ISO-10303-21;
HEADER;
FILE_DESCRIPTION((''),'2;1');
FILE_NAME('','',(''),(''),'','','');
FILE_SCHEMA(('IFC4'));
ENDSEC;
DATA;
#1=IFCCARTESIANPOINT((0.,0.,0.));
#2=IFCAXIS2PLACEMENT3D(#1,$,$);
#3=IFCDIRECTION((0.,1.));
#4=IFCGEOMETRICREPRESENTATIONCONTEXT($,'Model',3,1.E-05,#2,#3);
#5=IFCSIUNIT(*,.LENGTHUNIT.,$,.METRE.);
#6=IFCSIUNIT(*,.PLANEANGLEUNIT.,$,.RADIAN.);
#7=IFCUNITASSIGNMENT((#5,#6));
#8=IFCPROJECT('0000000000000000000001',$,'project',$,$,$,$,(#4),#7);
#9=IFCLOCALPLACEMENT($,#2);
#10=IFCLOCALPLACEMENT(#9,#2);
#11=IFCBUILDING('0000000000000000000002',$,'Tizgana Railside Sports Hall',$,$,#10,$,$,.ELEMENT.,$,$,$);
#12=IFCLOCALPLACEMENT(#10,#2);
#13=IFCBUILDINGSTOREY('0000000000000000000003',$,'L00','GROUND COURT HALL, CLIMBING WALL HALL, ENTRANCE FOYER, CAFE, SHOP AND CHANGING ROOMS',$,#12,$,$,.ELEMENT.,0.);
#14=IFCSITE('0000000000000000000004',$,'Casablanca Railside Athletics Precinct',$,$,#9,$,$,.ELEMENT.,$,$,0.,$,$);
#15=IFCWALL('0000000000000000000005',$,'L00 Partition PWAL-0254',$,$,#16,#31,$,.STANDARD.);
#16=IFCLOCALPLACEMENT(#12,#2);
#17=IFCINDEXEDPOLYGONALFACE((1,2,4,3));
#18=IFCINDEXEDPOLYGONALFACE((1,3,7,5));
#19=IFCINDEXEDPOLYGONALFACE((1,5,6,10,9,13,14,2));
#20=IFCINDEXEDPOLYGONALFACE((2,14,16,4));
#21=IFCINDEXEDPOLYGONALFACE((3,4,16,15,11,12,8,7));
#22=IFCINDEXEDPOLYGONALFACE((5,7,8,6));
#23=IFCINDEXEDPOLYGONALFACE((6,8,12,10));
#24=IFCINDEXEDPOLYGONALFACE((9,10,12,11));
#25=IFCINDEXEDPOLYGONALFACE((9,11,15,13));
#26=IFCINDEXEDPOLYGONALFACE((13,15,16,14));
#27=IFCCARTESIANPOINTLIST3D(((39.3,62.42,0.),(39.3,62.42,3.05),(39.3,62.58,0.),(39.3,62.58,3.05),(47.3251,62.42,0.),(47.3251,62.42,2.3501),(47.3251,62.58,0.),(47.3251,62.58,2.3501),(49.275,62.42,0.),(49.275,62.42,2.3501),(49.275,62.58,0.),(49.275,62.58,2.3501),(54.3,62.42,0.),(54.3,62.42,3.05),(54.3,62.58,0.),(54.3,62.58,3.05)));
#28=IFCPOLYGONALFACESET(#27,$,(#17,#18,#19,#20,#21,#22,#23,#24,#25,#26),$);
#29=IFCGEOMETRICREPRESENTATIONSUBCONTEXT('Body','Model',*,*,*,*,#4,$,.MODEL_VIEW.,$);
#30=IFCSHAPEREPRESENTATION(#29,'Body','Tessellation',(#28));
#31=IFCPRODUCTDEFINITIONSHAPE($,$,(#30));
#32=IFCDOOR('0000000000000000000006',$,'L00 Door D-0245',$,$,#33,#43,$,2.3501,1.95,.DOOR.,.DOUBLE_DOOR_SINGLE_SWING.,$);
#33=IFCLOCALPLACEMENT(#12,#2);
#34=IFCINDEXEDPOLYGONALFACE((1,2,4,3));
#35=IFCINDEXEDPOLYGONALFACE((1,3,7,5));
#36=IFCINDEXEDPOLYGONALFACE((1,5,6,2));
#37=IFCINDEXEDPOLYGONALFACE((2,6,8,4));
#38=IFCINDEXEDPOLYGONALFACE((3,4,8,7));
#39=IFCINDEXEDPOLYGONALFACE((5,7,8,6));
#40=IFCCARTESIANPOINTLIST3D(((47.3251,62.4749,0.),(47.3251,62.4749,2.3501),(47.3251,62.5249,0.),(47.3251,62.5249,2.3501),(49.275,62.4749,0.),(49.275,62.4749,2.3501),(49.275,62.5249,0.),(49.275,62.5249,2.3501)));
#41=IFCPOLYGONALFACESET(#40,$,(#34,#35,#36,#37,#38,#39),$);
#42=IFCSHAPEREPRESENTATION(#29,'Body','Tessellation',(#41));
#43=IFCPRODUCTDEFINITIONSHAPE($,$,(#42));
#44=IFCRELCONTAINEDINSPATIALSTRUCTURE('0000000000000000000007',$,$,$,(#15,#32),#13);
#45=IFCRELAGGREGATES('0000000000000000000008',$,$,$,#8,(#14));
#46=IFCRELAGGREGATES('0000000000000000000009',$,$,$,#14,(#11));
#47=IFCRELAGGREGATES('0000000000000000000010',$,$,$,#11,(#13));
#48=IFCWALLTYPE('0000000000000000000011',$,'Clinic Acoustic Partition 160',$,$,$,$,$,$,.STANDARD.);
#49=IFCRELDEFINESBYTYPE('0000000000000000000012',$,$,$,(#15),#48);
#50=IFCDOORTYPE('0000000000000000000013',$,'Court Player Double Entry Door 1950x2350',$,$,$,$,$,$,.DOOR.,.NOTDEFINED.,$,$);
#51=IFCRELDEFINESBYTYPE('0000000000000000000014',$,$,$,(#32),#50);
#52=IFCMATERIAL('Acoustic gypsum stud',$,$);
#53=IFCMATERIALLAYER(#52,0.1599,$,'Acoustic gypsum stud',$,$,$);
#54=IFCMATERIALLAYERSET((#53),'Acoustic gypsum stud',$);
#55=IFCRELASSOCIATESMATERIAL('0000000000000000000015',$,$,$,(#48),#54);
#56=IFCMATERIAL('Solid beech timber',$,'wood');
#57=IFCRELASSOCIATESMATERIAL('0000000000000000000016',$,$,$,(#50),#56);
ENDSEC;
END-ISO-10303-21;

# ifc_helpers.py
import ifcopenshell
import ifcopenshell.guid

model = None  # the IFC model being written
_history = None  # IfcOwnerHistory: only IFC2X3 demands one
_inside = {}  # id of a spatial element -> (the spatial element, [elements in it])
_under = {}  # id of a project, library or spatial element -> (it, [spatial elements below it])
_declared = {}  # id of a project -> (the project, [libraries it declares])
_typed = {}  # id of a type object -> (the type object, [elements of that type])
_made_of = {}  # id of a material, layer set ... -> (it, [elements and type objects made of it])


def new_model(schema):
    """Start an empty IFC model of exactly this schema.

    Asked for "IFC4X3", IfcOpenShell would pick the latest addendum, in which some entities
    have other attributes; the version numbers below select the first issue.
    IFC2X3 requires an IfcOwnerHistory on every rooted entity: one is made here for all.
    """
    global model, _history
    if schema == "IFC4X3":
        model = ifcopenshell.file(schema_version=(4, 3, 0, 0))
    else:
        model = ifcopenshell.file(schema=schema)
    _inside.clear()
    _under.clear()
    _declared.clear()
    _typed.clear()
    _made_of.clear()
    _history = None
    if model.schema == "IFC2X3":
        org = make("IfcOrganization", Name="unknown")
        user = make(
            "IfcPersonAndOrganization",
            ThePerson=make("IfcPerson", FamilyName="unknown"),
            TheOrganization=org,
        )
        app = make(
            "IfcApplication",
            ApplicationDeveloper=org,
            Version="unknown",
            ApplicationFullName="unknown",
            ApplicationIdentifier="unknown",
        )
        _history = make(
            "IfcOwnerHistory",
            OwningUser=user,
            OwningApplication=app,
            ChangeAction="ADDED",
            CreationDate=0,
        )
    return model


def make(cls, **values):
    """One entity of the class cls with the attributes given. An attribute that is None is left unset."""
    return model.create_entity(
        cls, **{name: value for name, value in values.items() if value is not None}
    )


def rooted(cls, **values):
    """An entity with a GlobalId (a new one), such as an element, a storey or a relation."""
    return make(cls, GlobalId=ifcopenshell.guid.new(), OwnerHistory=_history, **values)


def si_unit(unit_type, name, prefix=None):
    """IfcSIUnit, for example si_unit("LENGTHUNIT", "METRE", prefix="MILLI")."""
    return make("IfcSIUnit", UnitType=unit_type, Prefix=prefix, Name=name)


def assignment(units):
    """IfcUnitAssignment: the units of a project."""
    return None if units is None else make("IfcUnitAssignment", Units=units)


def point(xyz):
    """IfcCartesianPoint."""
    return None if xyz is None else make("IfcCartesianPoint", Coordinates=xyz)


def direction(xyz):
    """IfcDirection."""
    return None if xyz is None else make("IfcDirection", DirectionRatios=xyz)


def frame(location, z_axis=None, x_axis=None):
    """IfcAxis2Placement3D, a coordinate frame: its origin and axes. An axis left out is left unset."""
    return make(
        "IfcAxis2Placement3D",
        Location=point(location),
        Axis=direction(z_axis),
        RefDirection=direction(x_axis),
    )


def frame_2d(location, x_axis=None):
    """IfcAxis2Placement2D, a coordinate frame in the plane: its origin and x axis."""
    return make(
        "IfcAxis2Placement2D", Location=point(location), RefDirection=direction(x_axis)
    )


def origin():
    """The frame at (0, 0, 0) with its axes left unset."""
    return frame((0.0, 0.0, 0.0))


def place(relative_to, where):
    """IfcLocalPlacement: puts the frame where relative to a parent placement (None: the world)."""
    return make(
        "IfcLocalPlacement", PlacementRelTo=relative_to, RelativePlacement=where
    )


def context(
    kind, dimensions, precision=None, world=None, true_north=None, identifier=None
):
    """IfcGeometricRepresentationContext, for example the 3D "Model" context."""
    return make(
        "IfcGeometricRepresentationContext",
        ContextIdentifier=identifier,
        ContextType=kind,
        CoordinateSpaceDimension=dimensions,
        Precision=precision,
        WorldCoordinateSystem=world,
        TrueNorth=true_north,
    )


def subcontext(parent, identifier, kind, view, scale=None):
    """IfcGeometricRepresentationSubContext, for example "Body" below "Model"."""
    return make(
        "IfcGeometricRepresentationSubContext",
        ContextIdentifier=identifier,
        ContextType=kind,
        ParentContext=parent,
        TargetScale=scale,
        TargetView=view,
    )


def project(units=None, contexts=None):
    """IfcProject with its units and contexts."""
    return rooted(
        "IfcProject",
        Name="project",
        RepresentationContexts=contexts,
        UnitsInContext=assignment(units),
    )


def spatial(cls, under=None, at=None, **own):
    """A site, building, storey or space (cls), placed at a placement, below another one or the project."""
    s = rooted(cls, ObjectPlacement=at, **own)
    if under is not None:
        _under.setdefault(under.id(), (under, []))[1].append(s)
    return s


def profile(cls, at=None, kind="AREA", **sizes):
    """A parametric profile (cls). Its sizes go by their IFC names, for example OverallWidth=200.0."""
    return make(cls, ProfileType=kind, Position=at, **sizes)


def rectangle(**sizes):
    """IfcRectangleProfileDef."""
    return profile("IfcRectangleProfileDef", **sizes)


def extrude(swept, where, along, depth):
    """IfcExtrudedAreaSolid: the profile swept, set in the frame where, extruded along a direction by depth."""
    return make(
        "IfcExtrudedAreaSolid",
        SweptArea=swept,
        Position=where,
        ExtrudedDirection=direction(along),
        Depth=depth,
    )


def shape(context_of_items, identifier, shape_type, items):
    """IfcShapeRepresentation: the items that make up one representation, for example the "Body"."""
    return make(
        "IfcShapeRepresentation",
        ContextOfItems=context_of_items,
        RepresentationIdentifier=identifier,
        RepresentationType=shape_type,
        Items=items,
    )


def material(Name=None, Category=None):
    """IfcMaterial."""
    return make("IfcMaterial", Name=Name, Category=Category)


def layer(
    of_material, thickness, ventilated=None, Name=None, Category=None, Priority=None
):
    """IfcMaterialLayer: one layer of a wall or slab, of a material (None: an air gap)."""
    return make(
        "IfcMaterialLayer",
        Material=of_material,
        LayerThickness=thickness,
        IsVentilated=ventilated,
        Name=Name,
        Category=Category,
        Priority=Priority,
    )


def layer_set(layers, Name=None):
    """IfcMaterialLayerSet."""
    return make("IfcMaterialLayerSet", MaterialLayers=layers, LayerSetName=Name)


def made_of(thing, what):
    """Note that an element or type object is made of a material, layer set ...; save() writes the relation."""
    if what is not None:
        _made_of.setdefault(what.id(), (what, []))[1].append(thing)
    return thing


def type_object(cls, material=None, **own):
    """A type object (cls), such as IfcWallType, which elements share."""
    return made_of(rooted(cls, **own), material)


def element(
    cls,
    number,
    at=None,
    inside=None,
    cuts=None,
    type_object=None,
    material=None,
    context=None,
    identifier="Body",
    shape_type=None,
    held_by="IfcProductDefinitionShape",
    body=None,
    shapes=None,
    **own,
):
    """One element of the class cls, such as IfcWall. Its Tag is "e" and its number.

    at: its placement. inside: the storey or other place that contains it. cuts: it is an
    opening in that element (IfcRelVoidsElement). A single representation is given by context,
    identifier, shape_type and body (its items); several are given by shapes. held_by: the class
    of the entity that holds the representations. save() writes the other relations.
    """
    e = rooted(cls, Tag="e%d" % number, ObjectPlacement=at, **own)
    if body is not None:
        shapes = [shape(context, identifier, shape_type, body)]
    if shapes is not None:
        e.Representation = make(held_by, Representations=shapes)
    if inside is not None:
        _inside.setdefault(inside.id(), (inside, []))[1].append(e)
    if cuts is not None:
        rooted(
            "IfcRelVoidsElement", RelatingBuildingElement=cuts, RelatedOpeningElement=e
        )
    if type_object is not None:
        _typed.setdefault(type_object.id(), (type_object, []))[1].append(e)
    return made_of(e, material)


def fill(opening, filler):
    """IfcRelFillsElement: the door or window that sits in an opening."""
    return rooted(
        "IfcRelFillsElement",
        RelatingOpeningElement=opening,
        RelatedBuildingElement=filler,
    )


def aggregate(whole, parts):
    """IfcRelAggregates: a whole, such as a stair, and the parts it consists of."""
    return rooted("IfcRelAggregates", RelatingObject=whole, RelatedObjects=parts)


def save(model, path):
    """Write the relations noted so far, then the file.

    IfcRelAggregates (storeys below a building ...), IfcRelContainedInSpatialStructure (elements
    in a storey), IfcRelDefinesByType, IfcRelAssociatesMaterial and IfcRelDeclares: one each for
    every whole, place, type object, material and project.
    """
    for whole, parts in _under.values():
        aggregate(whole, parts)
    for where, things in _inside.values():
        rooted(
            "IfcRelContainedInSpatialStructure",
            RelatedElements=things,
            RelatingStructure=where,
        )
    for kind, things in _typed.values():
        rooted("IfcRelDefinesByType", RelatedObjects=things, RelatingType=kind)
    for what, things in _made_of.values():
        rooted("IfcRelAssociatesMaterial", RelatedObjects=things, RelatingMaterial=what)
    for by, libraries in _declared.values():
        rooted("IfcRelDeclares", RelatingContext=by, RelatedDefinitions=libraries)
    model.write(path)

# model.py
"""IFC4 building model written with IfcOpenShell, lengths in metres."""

from ifc_helpers import new_model, si_unit, direction, frame, frame_2d, origin, place, context, subcontext, project, spatial, rectangle, extrude, material, layer, layer_set, type_object, element, fill, save


model = new_model("IFC4")

# Units and contexts
model_context = context("Model", 3, precision=1e-05, world=origin(), true_north=direction((0.0, 1.0)))
body_context = subcontext(model_context, "Body", "Model", "MODEL_VIEW")
ifc_project = project(units=[si_unit("LENGTHUNIT", "METRE"), si_unit("PLANEANGLEUNIT", "RADIAN")], contexts=[model_context])

# Site, building, storey
site_placement = place(None, origin())
site = spatial("IfcSite", under=ifc_project, at=site_placement, Name="Casablanca Railside Athletics Precinct", CompositionType="ELEMENT", RefElevation=0.0)
building_placement = place(site_placement, origin())
building = spatial("IfcBuilding", under=site, at=building_placement, Name="Tizgana Railside Sports Hall", CompositionType="ELEMENT")
storey_placement = place(building_placement, origin())
storey = spatial("IfcBuildingStorey", under=building, at=storey_placement, Name="L00", Description="GROUND COURT HALL, CLIMBING WALL HALL, ENTRANCE FOYER, CAFE, SHOP AND CHANGING ROOMS", CompositionType="ELEMENT", Elevation=0.0)

# Wall, opening, door
ifc_material_1 = material(Name="Acoustic gypsum stud")
ifc_layer = layer(ifc_material_1, 0.1599, Name="Acoustic gypsum stud")
ifc_layer_set = layer_set([ifc_layer], Name="Acoustic gypsum stud")
wall_type = type_object("IfcWallType", Name="Clinic Acoustic Partition 160", PredefinedType="STANDARD", material=ifc_layer_set)
ifc_material_2 = material(Name="Solid beech timber", Category="wood")
door_type = type_object("IfcDoorType", Name="Court Player Double Entry Door 1950x2350", OperationType="NOTDEFINED", PredefinedType="DOOR", material=ifc_material_2)
wall_1_placement = place(storey_placement, frame((39.3, 62.5, 0.0), z_axis=(0.0, 0.0, 1.0), x_axis=(1.0, 0.0, 0.0)))
wall_1 = element("IfcWall", 1, at=wall_1_placement, inside=storey, type_object=wall_type, Name="L00 Partition PWAL-0254", PredefinedType="STANDARD", context=body_context, shape_type="SweptSolid", body=[
    extrude(rectangle(XDim=15.0, YDim=0.1599, at=frame_2d((7.5, 0.0))), origin(), (0.0, 0.0, 1.0), 3.05),
])
opening_1_placement = place(wall_1_placement, frame((8.0249, 0.0, 0.0)))
opening_1 = element("IfcOpeningElement", 2, at=opening_1_placement, cuts=wall_1, PredefinedType="OPENING", context=body_context, shape_type="SweptSolid", body=[
    extrude(rectangle(XDim=1.95, YDim=2.3501, at=frame_2d((0.9751, 1.175))), frame((0.0, 0.0898, 0.0), z_axis=(0.0, -1.0, 0.0), x_axis=(1.0, 0.0, 0.0)), (0.0, 0.0, 1.0), 0.1799),
])
door_1_placement = place(opening_1_placement, origin())
door_1 = element("IfcDoor", 3, at=door_1_placement, inside=storey, type_object=door_type, Name="L00 Door D-0245", OperationType="DOUBLE_DOOR_SINGLE_SWING", OverallHeight=2.3501, OverallWidth=1.95, PredefinedType="DOOR", context=body_context, shape_type="SweptSolid", body=[
    extrude(rectangle(XDim=1.95, YDim=2.3501, at=frame_2d((0.9751, 1.175))), frame((0.0, 0.0249, 0.0), z_axis=(0.0, -1.0, 0.0), x_axis=(1.0, 0.0, 0.0)), (0.0, 0.0, 1.0), 0.05),
])
fill(opening_1, door_1)

save(model, "model.ifc")
